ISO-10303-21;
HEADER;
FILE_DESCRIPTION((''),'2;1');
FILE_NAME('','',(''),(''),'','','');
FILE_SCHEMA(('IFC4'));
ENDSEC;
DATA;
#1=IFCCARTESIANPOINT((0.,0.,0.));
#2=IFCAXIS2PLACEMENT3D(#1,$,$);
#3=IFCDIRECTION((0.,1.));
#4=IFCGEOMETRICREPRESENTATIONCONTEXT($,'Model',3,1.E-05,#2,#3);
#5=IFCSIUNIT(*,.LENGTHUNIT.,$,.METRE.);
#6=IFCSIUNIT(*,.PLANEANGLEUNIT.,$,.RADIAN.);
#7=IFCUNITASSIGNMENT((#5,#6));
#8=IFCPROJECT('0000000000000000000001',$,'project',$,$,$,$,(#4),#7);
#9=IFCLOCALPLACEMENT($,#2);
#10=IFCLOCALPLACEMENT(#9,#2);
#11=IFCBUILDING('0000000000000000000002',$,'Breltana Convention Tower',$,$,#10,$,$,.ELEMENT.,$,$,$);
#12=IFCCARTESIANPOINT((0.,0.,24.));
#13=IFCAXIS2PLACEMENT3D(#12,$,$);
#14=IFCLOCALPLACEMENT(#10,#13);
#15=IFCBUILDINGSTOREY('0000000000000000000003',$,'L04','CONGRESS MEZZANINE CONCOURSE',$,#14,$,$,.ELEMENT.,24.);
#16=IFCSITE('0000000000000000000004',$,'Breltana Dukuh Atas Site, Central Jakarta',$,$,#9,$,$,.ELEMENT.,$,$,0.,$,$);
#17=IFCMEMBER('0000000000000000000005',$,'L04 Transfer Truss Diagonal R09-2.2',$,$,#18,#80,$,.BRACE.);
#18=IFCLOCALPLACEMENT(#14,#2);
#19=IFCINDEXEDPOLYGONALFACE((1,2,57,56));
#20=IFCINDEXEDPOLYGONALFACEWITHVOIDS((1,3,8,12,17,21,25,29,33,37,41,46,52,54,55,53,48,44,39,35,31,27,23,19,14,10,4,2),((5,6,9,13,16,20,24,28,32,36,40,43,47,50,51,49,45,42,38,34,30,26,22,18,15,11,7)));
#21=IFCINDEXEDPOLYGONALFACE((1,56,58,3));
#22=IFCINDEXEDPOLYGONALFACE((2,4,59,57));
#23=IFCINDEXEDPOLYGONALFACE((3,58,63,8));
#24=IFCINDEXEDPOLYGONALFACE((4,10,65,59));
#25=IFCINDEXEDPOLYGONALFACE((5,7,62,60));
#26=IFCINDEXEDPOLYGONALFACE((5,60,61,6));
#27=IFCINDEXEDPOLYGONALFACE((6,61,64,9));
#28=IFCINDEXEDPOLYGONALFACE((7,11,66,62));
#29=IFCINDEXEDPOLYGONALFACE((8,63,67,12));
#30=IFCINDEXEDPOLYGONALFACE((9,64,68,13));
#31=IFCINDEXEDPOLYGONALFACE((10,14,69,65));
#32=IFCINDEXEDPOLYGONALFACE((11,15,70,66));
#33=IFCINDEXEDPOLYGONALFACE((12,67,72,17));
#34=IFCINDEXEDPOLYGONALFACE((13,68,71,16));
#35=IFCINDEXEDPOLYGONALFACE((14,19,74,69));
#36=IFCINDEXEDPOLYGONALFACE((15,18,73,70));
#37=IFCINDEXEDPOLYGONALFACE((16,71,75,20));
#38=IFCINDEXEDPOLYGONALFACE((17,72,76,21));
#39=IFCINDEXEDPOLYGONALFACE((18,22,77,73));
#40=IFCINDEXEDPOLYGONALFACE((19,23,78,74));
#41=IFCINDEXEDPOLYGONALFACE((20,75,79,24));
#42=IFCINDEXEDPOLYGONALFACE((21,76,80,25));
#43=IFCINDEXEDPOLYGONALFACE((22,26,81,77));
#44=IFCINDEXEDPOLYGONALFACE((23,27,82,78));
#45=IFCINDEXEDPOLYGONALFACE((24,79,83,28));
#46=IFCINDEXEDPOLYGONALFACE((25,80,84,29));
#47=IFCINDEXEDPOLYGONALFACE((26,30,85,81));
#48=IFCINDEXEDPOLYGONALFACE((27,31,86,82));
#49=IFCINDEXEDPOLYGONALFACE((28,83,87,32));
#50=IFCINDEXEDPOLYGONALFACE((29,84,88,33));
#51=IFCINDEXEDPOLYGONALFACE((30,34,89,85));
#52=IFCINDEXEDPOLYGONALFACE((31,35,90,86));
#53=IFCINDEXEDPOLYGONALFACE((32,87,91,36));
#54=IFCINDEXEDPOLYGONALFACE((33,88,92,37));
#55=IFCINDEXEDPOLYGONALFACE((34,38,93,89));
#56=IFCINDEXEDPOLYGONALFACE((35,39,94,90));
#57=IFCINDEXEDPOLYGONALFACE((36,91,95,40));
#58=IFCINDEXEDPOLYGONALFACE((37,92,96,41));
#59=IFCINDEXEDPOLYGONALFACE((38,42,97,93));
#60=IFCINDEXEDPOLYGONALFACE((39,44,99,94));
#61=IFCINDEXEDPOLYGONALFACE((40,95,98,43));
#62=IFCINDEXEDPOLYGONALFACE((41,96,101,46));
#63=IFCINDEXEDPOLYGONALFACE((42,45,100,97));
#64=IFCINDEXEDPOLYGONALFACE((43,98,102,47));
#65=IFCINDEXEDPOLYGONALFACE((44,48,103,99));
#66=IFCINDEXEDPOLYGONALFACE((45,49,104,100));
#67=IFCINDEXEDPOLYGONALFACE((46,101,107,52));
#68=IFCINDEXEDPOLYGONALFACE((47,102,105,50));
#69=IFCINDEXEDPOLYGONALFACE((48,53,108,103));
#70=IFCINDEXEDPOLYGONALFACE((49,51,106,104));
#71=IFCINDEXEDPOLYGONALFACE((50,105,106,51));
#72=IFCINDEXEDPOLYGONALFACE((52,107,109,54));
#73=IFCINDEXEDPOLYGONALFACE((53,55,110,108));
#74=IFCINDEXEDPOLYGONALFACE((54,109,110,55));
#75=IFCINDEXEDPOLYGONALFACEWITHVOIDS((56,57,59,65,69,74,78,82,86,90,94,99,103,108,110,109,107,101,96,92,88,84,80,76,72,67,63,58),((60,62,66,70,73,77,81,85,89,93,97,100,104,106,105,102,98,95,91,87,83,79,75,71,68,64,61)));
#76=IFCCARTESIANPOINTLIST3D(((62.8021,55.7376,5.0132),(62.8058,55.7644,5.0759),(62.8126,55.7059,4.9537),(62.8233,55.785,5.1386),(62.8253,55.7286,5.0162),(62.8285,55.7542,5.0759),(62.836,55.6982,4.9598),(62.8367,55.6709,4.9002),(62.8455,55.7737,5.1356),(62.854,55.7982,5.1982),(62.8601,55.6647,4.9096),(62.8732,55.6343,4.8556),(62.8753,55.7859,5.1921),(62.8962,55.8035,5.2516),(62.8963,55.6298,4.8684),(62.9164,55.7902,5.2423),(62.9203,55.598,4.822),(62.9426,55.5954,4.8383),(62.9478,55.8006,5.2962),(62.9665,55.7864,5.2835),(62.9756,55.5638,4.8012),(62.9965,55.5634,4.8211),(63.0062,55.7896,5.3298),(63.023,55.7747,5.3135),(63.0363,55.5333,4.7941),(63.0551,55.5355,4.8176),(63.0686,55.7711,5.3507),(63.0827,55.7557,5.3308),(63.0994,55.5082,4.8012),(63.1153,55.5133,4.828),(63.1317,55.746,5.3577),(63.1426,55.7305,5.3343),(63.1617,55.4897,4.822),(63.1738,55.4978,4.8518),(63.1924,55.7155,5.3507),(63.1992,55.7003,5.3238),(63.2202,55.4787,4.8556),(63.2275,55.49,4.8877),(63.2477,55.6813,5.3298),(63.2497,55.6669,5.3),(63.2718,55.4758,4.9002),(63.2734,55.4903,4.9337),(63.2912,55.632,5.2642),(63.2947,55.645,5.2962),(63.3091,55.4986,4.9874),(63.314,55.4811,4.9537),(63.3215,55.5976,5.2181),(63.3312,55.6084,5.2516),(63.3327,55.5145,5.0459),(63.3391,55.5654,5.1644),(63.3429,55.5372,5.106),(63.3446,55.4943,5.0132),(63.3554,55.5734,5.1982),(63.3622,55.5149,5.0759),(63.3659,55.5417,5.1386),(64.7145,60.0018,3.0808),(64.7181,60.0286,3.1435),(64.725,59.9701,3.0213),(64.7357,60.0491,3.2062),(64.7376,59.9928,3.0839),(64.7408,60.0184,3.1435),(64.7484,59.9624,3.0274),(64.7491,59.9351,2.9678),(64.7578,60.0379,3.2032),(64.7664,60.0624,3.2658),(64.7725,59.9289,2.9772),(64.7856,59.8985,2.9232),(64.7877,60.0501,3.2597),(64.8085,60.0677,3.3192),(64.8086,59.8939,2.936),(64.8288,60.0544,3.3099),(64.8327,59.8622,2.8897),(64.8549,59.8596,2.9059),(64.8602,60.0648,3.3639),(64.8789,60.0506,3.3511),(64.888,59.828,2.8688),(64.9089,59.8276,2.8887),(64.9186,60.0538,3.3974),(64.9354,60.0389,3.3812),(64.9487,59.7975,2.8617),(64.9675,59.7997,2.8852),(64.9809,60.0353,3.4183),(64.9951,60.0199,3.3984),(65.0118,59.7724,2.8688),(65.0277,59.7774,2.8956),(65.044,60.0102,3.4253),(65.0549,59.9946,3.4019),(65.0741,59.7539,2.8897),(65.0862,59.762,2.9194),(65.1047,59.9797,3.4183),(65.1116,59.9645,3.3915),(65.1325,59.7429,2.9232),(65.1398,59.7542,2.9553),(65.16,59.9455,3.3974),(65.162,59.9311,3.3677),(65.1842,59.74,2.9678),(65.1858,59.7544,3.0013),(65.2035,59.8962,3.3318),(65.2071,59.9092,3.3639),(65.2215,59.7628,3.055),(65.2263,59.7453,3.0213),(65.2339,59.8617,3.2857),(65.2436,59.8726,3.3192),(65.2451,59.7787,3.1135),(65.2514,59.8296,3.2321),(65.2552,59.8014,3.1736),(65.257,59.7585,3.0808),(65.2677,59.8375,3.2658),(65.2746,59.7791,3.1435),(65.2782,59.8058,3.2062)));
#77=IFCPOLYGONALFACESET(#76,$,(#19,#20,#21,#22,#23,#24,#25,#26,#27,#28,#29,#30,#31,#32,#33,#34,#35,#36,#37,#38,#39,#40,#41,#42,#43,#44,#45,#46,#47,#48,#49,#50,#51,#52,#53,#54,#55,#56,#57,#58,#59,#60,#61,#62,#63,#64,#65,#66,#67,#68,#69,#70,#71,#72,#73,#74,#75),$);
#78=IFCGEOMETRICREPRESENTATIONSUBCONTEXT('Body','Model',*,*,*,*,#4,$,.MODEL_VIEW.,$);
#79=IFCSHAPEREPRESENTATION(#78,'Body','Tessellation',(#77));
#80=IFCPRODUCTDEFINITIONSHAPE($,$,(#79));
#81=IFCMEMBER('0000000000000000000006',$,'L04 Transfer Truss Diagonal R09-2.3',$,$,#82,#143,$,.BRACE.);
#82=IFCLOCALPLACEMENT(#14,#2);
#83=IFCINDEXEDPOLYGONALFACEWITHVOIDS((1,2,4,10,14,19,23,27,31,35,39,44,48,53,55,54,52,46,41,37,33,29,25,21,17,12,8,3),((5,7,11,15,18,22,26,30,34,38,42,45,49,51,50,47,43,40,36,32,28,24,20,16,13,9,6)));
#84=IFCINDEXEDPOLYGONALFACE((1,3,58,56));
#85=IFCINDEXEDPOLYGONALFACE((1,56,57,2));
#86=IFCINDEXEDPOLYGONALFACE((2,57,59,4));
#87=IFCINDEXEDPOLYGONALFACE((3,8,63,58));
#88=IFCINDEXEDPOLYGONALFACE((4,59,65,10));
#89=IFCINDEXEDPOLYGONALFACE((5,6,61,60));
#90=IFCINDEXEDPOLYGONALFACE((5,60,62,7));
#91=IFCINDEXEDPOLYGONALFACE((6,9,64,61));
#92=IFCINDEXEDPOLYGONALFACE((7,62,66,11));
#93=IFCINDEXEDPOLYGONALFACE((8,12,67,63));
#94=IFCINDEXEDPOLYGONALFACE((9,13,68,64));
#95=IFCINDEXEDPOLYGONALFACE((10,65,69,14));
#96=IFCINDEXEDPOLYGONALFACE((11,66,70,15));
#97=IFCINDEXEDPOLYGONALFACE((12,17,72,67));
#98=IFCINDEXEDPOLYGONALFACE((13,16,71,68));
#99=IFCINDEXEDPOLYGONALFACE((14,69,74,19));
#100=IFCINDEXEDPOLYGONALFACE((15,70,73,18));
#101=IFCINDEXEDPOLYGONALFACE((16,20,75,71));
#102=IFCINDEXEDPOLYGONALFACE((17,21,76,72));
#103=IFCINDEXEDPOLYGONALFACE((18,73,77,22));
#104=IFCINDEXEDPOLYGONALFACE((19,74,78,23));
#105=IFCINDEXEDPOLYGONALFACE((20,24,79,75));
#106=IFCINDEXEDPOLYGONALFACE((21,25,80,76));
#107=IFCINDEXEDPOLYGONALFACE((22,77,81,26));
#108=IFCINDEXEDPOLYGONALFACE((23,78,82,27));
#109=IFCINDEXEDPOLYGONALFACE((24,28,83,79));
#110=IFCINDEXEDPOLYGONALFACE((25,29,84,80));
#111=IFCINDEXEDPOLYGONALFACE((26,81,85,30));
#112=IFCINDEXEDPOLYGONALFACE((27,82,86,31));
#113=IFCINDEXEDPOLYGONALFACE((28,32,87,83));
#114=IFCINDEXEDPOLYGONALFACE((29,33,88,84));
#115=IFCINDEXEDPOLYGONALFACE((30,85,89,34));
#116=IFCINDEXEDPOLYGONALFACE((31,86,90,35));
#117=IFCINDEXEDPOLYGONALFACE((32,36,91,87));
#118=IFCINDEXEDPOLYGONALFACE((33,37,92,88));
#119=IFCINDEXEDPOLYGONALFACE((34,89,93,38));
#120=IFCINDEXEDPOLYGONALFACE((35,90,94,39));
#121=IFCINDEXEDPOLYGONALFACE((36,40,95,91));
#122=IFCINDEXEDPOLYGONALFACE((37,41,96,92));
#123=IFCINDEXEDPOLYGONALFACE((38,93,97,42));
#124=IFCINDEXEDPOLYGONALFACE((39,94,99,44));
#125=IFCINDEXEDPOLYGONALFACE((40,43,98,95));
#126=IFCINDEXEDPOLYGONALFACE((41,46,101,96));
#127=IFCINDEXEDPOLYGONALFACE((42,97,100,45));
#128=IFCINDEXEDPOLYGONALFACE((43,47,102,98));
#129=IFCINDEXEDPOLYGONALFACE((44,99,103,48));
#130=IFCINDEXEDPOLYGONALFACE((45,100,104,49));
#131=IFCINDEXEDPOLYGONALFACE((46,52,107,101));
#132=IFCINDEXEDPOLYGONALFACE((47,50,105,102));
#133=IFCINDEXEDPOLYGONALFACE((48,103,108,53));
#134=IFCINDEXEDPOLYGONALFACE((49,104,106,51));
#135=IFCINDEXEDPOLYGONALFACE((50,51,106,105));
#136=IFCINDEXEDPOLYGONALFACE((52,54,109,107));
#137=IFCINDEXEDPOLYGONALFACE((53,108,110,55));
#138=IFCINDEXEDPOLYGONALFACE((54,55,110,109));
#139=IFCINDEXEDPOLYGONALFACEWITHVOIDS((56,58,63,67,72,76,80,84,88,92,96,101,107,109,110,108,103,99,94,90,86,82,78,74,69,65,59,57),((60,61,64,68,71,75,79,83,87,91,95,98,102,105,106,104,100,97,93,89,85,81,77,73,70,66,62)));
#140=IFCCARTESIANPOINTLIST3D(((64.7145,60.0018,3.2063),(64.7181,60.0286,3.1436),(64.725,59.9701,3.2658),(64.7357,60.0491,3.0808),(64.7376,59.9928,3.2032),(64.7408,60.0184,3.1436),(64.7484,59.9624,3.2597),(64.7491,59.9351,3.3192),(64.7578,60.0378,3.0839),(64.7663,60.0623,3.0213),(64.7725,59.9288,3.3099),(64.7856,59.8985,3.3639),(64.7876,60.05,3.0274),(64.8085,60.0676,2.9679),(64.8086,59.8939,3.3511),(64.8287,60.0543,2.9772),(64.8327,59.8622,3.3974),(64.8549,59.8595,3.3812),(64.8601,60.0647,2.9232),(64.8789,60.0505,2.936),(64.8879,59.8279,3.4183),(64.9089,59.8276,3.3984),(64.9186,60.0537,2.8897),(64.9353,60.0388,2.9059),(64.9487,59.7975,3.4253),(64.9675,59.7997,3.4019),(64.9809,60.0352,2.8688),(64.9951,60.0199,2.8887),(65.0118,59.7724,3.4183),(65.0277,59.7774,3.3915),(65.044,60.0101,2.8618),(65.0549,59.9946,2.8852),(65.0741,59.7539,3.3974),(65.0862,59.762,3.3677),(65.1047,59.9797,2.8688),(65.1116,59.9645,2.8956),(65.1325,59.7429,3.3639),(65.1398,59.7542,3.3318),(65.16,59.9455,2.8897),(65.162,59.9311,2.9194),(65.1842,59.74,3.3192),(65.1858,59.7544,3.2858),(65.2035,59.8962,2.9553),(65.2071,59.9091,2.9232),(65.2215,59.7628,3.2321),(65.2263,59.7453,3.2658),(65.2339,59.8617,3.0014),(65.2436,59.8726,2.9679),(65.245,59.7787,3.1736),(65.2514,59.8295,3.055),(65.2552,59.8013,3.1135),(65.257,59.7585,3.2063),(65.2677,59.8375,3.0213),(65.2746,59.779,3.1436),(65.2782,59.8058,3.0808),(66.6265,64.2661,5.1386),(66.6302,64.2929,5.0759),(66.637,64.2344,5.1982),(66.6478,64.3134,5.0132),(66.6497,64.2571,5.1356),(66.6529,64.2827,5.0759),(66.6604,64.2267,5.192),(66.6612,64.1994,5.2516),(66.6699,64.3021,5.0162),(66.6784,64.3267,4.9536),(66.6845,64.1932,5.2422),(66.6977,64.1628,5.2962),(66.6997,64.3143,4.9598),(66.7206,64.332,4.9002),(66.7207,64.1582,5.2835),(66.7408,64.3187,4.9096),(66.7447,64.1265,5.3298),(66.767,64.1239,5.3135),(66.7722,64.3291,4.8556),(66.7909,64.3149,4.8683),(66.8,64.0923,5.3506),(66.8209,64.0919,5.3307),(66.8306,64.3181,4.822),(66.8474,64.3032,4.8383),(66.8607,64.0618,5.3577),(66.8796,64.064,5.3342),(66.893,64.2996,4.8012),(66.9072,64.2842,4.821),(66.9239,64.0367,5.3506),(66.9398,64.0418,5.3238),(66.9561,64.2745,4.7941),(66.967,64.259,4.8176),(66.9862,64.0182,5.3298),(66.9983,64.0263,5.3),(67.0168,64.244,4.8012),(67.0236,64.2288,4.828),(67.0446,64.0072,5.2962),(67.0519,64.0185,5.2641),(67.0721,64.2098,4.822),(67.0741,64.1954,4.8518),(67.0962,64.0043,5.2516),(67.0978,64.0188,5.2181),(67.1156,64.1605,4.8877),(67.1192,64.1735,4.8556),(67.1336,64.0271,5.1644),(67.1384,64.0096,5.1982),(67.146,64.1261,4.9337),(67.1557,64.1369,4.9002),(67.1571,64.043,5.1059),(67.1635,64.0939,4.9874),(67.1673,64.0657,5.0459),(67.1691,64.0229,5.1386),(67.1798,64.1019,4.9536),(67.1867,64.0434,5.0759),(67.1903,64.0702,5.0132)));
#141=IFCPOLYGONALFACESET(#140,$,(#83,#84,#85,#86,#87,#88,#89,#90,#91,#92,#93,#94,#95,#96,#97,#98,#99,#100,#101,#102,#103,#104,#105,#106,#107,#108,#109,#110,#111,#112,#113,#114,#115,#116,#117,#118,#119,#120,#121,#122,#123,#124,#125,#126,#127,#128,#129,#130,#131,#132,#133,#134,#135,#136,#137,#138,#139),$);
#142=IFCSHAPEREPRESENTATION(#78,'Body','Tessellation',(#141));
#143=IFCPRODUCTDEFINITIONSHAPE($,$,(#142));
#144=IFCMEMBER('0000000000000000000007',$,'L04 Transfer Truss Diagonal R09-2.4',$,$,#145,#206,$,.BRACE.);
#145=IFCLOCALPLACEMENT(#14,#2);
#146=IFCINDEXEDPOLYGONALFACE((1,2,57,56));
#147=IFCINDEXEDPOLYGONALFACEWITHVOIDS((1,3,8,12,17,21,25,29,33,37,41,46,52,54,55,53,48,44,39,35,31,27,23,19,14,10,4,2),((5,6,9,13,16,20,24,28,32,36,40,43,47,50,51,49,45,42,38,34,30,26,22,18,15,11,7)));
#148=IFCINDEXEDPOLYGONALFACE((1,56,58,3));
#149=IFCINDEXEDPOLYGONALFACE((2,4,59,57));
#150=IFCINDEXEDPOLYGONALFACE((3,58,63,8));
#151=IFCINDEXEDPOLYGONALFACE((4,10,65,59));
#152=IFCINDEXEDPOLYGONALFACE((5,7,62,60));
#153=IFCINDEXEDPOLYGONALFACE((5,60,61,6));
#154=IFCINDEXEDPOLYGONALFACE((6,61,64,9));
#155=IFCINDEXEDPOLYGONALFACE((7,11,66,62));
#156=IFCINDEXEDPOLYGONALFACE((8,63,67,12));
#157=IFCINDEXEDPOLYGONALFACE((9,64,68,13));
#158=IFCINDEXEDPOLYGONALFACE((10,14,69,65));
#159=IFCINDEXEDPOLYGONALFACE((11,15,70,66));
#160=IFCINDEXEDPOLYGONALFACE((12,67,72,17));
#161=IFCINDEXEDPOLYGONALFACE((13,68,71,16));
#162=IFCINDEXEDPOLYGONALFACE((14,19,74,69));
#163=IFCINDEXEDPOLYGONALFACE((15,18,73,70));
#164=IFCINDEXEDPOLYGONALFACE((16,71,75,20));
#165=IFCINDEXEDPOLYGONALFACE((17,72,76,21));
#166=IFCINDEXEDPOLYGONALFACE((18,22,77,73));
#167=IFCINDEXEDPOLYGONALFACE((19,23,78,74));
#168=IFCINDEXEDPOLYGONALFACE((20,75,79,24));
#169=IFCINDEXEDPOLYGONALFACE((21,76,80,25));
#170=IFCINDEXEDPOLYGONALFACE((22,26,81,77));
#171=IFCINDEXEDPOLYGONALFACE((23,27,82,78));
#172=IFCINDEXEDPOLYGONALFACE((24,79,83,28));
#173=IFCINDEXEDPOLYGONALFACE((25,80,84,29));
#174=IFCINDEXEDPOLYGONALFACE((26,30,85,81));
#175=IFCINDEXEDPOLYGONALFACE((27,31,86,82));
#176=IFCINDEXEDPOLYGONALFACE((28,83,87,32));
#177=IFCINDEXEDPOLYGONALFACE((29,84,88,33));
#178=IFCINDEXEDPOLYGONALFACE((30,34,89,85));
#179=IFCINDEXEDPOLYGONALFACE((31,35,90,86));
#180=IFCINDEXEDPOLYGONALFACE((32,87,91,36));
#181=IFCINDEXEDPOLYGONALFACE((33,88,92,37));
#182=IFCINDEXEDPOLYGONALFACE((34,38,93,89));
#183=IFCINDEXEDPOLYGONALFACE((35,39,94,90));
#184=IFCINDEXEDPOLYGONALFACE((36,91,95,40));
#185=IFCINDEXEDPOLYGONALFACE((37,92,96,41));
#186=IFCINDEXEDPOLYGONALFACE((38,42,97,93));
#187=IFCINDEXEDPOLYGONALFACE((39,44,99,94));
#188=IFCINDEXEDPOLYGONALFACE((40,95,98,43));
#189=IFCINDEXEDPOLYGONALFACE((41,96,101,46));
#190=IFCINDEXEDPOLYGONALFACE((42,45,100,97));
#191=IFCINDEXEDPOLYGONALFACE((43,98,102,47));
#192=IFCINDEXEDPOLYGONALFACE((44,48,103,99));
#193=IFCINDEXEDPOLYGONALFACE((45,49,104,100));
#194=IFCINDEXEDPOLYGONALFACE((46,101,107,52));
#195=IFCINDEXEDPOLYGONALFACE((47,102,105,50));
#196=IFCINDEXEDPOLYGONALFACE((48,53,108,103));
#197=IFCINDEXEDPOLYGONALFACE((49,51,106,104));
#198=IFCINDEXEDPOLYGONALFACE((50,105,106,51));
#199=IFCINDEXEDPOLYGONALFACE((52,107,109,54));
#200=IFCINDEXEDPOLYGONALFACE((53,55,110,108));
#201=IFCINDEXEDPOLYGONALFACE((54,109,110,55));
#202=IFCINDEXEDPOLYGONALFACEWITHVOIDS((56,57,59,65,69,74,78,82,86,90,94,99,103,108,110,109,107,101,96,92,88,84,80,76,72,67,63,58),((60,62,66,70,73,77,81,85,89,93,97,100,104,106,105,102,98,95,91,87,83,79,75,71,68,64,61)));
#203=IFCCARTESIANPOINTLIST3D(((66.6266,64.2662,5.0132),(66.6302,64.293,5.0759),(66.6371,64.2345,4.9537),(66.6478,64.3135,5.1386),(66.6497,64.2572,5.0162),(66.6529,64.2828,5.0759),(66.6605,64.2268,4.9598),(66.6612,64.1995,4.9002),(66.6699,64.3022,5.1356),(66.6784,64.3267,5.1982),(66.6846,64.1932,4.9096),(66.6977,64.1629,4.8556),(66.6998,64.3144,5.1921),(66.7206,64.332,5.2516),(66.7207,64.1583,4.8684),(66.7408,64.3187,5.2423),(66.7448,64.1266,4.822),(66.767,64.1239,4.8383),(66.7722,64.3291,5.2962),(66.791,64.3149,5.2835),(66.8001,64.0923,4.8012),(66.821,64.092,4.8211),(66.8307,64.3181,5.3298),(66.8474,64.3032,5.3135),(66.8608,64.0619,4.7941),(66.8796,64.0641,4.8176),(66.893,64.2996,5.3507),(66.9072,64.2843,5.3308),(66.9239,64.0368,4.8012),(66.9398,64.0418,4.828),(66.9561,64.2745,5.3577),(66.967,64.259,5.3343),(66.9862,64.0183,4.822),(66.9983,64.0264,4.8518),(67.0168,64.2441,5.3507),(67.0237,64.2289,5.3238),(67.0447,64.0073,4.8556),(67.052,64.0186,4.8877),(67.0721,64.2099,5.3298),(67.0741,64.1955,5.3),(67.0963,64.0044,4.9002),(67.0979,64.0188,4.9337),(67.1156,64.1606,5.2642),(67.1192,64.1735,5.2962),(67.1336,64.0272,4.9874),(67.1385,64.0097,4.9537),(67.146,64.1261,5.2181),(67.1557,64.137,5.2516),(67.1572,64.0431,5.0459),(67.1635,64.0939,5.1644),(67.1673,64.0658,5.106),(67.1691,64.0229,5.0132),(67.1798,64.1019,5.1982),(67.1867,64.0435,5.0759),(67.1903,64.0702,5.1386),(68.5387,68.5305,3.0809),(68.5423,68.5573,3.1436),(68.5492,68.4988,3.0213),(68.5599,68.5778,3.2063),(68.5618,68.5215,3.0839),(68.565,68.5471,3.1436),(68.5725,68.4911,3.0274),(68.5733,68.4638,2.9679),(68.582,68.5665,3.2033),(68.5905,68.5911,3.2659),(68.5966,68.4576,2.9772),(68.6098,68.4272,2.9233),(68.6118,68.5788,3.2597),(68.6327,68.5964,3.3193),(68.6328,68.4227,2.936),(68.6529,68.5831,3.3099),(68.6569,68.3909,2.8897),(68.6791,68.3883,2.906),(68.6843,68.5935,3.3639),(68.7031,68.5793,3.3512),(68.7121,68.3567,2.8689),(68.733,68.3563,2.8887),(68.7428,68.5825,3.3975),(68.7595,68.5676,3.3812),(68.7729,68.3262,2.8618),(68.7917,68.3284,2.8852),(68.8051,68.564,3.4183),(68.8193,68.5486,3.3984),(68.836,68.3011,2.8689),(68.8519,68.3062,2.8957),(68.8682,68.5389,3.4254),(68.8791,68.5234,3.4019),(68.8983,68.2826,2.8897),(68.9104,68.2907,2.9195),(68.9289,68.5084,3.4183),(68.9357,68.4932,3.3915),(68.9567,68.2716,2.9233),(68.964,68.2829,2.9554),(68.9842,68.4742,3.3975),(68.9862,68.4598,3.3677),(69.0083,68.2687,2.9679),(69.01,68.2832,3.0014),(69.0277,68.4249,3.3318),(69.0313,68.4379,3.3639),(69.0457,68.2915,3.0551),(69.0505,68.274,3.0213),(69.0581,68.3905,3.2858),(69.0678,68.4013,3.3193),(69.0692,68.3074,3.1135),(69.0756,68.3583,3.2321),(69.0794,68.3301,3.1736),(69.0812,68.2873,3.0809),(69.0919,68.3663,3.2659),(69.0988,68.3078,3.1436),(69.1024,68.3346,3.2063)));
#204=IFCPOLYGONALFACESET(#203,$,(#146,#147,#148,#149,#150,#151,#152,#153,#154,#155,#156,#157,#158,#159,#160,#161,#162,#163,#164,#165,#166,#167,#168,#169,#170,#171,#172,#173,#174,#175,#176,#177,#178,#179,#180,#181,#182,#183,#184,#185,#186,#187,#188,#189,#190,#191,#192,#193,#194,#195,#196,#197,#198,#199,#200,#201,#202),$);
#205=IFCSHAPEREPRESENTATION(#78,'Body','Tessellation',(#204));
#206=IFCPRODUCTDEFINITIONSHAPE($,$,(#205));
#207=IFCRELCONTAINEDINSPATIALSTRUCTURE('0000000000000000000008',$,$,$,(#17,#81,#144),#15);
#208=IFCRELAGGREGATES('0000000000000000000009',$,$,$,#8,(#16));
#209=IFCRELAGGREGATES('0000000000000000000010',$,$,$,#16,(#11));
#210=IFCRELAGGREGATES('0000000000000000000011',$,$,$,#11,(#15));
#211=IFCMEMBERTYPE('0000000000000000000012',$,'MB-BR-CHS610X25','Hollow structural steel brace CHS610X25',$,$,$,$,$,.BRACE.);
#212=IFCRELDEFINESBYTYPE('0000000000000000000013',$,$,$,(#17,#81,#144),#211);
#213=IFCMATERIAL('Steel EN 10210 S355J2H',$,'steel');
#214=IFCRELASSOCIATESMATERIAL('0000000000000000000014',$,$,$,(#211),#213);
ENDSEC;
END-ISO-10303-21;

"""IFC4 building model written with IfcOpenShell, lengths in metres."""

from ifc_helpers import new_model, si_unit, direction, frame, origin, origin_2d, place, context, subcontext, project, spatial, hollow_circle, extrude, source, transform, mapped, material, material_profile, profile_set, type_object, element, save


model = new_model("IFC4")

# Units and contexts
model_context = context("Model", 3, precision=1e-05, world=origin(), true_north=direction((0.0, 1.0)))
body_context = subcontext(model_context, "Body", "Model", "MODEL_VIEW")
ifc_project = project(units=[si_unit("LENGTHUNIT", "METRE"), si_unit("PLANEANGLEUNIT", "RADIAN")], contexts=[model_context])

# Site, building, storey
site_placement = place(None, origin())
site = spatial("IfcSite", under=ifc_project, at=site_placement, Name="Breltana Dukuh Atas Site, Central Jakarta", CompositionType="ELEMENT", RefElevation=0.0)
building_placement = place(site_placement, origin())
building = spatial("IfcBuilding", under=site, at=building_placement, Name="Breltana Convention Tower", CompositionType="ELEMENT")
storey_placement = place(building_placement, frame((0.0, 0.0, 24.0)))
storey = spatial("IfcBuildingStorey", under=building, at=storey_placement, Name="L04", Description="CONGRESS MEZZANINE CONCOURSE", CompositionType="ELEMENT", Elevation=24.0)

# Members
ifc_material_1 = material(Name="Steel EN 10210 S355J2H", Category="steel")
ifc_material_profile_1 = material_profile(ifc_material_1, hollow_circle(Radius=0.3049, WallThickness=0.0249, at=origin_2d()), Name="CHS610X25")
ifc_profile_set_1 = profile_set([ifc_material_profile_1], Name="Steel EN 10210 S355J2H")
member_type_1 = type_object("IfcMemberType", Name="MB-BR-CHS610X25", Description="Hollow structural steel brace CHS610X25", PredefinedType="BRACE", material=ifc_profile_set_1)
shared_shape_1 = source(origin(), body_context, "Body", "SweptSolid", [
    extrude(hollow_circle(Radius=0.3049, WallThickness=0.0249, at=origin_2d()), origin(), (0.0, 0.0, 1.0), 5.0571),
])
for number, where, z_axis, x_axis, name in (
    (1, (63.084, 55.6396, 5.0759), (0.378152, 0.843203, -0.382111), (-0.912443, 0.409204, 0.0), "L04 Transfer Truss Diagonal R09-2.2"),
    (2, (64.9963, 59.9038, 3.1436), (0.378096, 0.843233, 0.382103), (-0.912471, 0.409141, 0.0), "L04 Transfer Truss Diagonal R09-2.3"),
    (3, (66.9084, 64.1682, 5.0759), (0.378096, 0.843233, -0.382103), (-0.912471, 0.409141, 0.0), "L04 Transfer Truss Diagonal R09-2.4"),
):
    element("IfcMember", number, at=place(storey_placement, frame(where, z_axis=z_axis, x_axis=x_axis)), inside=storey, type_object=member_type_1, Name=name, PredefinedType="BRACE", context=body_context, shape_type="MappedRepresentation", body=[
        mapped(shared_shape_1, transform((0.0, 0.0, 0.0), scale=1.0)),
    ])

save(model, "model.ifc")
